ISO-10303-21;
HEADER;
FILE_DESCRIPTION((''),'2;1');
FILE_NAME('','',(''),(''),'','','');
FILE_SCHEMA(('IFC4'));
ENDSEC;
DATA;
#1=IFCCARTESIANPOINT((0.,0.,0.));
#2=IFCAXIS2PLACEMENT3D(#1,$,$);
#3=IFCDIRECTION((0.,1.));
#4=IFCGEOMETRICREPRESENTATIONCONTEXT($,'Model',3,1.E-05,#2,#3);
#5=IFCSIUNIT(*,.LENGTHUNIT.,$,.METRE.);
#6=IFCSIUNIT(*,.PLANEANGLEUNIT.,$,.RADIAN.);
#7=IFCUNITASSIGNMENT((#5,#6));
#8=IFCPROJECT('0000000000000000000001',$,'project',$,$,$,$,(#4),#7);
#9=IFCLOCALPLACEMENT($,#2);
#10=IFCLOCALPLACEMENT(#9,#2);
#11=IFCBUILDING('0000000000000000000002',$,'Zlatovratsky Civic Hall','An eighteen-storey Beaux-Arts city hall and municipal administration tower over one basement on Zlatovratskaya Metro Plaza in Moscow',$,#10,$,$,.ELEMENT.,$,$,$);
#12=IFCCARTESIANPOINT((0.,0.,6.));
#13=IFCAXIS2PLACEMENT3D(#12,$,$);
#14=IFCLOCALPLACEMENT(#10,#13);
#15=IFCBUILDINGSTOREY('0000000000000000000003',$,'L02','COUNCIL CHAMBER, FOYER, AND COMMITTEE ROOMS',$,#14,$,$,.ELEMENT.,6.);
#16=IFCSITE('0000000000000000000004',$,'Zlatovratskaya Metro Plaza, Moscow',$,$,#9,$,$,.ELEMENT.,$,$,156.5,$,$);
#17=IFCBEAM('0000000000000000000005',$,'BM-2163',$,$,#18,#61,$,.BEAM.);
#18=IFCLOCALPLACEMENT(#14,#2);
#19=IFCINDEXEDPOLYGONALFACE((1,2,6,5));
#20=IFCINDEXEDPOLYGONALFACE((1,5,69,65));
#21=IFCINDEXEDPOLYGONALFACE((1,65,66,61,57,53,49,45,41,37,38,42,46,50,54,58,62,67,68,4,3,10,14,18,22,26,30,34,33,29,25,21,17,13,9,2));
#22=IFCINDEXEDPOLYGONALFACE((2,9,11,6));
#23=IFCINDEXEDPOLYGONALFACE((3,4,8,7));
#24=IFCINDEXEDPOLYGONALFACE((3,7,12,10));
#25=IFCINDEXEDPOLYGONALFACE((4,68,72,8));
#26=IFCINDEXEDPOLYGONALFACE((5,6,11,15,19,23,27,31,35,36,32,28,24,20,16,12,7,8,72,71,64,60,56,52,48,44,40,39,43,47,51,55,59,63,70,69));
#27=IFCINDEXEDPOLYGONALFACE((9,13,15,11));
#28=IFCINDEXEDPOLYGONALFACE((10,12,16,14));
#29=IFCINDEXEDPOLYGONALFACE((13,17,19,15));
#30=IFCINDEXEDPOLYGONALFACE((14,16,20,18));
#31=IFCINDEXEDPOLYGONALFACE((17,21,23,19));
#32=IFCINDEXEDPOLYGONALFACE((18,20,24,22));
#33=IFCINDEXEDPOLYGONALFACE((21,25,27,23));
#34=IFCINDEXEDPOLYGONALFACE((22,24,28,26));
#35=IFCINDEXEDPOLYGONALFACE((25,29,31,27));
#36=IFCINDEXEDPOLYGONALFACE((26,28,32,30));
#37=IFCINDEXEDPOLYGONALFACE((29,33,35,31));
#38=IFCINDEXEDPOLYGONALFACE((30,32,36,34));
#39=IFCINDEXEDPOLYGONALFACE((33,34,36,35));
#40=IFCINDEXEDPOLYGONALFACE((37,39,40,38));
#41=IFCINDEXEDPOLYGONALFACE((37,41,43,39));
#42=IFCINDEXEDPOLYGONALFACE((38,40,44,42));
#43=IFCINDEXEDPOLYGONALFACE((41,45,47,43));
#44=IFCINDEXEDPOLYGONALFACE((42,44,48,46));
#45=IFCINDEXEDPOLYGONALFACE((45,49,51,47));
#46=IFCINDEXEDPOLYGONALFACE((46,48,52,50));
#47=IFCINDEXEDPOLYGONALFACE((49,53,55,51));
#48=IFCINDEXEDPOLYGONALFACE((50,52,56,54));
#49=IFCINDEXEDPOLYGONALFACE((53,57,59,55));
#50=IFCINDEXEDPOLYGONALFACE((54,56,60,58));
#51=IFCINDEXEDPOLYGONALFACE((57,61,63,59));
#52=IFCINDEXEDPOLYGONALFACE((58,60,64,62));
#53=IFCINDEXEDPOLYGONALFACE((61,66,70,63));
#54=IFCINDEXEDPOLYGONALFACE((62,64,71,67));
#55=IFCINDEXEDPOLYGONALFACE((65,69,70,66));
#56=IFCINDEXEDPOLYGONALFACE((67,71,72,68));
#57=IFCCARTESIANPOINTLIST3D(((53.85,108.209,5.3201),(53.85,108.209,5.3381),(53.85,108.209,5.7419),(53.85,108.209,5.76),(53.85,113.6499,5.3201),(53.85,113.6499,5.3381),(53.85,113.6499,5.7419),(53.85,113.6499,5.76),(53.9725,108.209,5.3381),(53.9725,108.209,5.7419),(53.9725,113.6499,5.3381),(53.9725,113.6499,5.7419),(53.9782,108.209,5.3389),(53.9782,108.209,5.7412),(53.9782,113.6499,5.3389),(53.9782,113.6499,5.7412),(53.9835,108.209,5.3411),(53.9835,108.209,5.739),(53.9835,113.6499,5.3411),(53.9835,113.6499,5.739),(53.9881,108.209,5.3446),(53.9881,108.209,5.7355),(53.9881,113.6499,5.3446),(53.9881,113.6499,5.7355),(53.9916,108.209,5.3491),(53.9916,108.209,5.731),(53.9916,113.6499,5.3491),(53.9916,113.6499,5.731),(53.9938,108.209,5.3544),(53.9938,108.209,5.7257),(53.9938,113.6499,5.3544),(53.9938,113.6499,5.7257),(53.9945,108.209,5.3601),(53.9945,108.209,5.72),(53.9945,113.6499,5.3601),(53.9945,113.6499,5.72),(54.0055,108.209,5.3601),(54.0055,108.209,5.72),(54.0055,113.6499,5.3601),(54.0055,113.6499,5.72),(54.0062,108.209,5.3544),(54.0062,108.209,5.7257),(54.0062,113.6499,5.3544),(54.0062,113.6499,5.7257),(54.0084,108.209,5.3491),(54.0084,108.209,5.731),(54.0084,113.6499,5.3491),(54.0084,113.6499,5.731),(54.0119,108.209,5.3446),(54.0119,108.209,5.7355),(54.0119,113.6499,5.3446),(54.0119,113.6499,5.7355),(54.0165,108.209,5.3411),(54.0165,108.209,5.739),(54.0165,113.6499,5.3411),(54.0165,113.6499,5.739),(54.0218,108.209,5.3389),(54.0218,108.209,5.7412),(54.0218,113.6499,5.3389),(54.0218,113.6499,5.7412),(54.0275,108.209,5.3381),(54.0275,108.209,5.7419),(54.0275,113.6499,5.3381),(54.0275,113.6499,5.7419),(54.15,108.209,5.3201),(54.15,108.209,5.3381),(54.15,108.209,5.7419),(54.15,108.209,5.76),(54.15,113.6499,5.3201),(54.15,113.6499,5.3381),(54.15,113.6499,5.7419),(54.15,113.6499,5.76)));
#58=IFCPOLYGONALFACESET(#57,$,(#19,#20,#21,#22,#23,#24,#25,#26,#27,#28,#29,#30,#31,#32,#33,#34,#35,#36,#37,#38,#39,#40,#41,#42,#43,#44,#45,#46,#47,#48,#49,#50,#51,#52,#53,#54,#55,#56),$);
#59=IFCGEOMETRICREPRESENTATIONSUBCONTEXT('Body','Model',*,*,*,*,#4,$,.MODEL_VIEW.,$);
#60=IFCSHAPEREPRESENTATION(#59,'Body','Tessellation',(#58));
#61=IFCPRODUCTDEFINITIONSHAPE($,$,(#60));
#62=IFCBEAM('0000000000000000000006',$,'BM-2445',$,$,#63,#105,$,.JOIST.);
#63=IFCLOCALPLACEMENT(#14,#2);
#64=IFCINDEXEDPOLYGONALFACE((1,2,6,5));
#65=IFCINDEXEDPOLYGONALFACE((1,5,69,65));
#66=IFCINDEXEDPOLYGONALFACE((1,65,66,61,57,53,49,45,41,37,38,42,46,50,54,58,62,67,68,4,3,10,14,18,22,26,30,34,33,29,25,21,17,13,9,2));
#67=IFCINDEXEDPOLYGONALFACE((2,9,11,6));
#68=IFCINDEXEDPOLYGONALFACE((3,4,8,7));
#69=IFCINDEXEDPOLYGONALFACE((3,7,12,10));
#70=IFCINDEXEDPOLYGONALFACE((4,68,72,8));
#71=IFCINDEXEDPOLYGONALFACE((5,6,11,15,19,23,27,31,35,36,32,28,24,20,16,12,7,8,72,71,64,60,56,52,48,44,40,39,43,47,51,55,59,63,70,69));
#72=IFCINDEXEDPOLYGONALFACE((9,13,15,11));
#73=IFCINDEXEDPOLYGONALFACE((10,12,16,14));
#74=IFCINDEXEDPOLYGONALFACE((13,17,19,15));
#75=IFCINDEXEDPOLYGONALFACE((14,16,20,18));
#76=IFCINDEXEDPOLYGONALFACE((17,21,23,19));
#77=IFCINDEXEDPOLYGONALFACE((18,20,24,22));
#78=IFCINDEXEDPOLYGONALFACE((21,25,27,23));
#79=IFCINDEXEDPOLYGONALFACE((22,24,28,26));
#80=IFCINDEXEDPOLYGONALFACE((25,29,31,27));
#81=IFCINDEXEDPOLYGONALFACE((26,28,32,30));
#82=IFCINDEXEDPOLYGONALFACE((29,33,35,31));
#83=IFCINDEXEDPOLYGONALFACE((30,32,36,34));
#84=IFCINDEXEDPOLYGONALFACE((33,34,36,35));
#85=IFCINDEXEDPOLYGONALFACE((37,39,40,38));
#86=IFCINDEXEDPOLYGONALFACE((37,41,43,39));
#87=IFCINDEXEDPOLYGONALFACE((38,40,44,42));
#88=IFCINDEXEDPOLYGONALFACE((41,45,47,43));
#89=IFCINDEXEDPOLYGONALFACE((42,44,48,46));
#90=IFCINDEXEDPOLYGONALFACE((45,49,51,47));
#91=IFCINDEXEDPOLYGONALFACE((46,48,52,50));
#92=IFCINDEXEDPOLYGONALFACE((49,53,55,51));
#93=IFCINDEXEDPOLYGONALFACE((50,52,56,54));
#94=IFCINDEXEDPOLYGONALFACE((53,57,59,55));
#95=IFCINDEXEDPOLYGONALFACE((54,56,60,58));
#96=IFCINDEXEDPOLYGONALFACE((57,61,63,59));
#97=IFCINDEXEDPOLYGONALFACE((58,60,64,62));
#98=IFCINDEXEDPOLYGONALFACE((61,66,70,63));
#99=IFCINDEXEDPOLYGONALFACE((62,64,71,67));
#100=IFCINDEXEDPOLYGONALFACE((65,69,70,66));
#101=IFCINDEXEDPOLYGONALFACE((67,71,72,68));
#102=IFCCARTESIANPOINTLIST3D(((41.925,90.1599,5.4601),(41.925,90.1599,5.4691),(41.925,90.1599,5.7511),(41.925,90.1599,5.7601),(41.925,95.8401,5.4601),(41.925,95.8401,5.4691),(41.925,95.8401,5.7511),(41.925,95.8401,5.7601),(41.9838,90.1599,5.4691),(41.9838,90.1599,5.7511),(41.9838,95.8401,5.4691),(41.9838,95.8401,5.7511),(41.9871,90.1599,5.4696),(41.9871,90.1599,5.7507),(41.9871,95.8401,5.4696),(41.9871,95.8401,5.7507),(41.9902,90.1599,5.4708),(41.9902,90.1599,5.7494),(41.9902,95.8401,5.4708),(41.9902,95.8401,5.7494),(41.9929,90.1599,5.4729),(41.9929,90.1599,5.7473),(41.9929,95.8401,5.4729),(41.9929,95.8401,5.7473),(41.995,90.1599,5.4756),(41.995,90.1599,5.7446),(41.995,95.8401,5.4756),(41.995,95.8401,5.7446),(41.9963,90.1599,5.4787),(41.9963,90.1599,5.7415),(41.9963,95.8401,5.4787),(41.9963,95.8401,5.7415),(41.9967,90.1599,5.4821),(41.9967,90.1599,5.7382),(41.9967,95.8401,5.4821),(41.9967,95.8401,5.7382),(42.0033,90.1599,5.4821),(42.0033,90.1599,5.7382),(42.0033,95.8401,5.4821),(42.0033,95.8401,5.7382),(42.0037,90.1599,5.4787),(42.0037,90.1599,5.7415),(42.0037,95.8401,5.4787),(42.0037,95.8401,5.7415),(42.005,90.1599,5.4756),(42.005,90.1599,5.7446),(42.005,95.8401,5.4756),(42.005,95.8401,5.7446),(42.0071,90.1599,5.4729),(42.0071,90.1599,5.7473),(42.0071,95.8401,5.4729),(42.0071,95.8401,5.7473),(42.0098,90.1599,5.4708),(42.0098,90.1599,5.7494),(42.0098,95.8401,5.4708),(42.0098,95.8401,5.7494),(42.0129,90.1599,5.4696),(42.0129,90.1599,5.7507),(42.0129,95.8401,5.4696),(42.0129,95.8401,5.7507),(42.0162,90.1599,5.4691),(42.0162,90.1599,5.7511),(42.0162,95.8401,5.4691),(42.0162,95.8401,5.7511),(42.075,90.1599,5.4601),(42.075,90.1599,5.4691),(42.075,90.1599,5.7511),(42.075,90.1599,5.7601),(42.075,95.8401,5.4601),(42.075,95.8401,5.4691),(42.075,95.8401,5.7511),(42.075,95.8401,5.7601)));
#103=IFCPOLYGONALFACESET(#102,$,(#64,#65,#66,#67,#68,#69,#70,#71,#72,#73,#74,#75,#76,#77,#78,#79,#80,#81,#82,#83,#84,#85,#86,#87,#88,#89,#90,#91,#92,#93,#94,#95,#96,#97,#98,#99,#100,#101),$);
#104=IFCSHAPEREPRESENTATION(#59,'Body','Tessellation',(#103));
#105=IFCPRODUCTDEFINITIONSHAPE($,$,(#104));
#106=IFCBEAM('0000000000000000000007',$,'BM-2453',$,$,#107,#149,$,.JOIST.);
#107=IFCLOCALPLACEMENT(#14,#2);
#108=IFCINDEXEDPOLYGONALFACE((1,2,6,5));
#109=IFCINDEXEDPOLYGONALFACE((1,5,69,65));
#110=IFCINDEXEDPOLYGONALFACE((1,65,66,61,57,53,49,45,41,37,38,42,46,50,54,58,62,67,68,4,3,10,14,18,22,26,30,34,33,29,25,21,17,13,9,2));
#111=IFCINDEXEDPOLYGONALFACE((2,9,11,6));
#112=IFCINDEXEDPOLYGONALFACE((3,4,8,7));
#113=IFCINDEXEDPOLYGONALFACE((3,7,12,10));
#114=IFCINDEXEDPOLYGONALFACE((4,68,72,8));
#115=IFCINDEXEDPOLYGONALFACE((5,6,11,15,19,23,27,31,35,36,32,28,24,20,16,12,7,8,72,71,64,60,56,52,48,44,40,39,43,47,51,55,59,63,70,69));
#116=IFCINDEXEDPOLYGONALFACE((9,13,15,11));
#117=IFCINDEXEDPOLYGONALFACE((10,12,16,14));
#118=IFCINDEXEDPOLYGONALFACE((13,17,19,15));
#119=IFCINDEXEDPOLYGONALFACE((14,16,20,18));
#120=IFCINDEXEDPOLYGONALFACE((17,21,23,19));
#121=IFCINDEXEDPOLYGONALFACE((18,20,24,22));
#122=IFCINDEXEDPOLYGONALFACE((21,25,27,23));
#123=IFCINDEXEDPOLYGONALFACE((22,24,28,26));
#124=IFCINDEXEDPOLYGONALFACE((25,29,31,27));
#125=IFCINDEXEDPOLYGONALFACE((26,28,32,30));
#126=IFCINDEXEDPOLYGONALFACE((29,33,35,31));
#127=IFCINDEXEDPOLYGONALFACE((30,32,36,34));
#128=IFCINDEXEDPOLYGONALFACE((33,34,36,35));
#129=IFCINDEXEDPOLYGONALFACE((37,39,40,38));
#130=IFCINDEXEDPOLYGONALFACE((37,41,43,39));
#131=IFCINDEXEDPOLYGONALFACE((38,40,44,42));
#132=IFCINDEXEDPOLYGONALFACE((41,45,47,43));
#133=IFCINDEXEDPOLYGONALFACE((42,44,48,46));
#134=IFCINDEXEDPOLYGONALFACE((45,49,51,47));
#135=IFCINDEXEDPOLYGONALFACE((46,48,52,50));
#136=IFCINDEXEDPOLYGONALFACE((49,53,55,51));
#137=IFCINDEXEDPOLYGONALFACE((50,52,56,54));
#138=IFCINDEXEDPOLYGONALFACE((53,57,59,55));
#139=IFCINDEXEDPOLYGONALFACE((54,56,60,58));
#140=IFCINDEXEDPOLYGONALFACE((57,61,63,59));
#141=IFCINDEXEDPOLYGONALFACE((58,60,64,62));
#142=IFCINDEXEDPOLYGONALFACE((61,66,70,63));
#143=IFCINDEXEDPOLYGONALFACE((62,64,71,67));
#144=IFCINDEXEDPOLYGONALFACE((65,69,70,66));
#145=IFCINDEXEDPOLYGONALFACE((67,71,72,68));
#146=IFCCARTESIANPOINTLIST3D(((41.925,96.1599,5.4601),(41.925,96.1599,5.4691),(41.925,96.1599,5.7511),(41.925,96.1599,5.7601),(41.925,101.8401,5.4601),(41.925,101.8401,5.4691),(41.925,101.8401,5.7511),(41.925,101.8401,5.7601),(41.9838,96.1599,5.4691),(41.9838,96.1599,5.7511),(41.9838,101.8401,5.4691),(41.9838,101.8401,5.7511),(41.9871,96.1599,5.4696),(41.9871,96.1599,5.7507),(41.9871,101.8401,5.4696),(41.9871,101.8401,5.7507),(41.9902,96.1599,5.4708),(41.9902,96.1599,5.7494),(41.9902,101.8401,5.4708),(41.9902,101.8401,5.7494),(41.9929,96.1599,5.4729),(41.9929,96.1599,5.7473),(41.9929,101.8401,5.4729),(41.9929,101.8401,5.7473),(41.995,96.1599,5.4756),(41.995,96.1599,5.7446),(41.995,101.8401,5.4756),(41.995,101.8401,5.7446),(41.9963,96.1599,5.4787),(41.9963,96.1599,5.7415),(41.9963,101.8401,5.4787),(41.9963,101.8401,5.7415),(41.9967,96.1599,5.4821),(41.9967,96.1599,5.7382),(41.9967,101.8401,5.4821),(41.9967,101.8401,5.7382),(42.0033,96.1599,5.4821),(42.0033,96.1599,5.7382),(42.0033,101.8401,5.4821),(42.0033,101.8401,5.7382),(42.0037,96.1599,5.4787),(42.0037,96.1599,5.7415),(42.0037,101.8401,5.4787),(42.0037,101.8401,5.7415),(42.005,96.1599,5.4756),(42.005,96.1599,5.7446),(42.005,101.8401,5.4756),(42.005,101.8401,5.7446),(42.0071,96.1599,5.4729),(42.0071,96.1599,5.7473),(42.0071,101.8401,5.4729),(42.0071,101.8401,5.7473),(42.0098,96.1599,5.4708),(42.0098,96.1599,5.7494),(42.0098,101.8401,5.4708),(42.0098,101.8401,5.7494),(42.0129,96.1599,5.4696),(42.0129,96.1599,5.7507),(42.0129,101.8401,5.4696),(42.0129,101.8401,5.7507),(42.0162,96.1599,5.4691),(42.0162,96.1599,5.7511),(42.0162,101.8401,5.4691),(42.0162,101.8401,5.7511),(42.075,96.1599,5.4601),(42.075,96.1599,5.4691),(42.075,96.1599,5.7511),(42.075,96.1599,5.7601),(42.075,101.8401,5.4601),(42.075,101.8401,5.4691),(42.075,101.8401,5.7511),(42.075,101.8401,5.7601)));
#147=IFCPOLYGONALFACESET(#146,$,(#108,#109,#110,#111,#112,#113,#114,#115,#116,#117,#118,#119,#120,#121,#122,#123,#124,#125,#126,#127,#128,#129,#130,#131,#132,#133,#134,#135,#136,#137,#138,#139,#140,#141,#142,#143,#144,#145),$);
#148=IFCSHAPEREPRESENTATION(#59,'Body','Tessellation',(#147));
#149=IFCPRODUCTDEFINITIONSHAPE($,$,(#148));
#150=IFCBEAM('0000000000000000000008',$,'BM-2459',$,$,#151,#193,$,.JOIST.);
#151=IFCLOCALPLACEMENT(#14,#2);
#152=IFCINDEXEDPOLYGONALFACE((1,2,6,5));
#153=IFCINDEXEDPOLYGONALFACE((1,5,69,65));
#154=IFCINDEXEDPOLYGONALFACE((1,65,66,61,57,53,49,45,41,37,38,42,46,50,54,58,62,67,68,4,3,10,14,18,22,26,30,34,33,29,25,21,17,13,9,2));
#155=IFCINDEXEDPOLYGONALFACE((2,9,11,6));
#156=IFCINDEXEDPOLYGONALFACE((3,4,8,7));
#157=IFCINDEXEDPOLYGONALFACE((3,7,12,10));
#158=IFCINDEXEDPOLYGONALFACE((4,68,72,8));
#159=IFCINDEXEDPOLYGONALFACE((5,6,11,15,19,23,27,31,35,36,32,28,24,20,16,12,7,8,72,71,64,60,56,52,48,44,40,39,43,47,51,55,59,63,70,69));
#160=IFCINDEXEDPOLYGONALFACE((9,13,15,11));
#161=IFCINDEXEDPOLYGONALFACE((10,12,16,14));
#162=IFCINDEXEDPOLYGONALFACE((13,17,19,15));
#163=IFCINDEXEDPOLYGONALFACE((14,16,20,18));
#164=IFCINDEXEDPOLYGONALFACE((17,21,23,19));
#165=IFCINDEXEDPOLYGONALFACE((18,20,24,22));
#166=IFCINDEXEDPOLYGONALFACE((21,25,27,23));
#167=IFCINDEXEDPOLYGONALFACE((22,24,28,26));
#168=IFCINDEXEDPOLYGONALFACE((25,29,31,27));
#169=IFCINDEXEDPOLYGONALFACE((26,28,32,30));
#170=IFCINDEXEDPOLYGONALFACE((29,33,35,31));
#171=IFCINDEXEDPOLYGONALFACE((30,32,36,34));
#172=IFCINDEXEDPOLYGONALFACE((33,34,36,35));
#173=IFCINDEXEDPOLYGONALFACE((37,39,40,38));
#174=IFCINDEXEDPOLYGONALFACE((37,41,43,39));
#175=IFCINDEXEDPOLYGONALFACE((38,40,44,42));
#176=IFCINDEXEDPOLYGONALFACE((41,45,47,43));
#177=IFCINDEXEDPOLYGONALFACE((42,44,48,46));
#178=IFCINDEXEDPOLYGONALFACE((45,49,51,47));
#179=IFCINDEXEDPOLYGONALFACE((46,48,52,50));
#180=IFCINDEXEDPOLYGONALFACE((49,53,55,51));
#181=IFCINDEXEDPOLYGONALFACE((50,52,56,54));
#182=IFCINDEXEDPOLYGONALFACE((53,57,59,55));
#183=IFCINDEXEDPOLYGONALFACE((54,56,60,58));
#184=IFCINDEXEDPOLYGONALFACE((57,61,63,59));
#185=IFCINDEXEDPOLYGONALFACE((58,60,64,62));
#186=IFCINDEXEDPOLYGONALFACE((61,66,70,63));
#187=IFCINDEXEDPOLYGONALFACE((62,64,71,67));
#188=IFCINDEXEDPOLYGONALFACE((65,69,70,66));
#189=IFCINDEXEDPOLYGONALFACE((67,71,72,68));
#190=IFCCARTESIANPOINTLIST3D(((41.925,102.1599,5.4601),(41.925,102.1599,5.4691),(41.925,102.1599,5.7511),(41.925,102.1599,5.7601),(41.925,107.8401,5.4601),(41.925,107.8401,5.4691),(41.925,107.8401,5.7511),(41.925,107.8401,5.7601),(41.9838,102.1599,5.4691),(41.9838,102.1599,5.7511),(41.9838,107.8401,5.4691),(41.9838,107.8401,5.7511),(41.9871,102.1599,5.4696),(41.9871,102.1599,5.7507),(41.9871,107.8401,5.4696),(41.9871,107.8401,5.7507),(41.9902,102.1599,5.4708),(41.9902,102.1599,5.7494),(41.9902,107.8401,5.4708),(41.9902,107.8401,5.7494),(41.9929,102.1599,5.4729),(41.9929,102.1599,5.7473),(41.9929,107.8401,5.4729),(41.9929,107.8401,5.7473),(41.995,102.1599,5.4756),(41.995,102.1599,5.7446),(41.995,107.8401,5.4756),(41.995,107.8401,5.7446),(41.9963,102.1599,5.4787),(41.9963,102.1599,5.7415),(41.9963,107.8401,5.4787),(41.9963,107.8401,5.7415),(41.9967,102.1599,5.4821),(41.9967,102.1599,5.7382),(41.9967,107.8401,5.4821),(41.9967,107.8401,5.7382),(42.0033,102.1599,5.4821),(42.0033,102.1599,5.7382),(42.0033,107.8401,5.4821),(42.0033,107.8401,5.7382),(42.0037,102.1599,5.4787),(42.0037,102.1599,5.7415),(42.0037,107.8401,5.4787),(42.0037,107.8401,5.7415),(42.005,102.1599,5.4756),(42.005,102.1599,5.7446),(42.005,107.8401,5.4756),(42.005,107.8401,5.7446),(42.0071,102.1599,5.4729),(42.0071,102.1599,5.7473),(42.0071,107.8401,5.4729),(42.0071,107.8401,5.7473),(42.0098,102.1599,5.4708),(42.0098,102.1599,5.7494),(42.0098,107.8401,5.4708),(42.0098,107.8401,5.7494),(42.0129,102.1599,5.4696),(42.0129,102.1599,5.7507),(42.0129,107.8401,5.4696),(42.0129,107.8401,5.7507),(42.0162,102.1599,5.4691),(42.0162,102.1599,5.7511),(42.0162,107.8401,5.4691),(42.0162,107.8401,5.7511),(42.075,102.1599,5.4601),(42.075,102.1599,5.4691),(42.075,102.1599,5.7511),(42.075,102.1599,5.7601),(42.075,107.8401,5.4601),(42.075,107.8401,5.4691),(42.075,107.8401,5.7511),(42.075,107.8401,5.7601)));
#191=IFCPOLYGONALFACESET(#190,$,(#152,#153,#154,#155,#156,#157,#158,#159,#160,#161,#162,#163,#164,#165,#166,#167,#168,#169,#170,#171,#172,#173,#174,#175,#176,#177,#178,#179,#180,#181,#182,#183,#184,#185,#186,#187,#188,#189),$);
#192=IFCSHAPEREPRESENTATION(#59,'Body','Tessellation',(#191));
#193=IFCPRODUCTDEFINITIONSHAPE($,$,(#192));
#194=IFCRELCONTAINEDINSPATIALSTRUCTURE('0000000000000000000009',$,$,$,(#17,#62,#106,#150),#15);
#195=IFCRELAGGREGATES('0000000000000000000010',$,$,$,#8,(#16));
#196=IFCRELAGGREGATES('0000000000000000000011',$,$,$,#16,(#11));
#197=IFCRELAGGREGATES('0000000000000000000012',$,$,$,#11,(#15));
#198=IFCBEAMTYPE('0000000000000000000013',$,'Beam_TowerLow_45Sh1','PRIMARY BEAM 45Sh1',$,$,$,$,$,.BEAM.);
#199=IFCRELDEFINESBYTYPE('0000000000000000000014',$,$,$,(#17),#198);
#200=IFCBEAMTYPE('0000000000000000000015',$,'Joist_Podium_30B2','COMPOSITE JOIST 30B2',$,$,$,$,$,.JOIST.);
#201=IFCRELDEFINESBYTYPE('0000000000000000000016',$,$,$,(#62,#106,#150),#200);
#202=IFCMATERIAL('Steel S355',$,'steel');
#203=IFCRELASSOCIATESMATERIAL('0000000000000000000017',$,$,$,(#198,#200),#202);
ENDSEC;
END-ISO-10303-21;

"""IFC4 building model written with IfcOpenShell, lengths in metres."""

from ifc_helpers import new_model, si_unit, direction, frame, origin, origin_2d, place, context, subcontext, project, spatial, i_section, extrude, material, material_profile, profile_set, type_object, element, save


model = new_model("IFC4")

# Units and contexts
model_context = context("Model", 3, precision=1e-05, world=origin(), true_north=direction((0.0, 1.0)))
body_context = subcontext(model_context, "Body", "Model", "MODEL_VIEW")
ifc_project = project(units=[si_unit("LENGTHUNIT", "METRE"), si_unit("PLANEANGLEUNIT", "RADIAN")], contexts=[model_context])

# Site, building, storey
site_placement = place(None, origin())
site = spatial("IfcSite", under=ifc_project, at=site_placement, Name="Zlatovratskaya Metro Plaza, Moscow", CompositionType="ELEMENT", RefElevation=156.5)
building_placement = place(site_placement, origin())
building = spatial("IfcBuilding", under=site, at=building_placement, Name="Zlatovratsky Civic Hall", Description="An eighteen-storey Beaux-Arts city hall and municipal administration tower over one basement on Zlatovratskaya Metro Plaza in Moscow", CompositionType="ELEMENT")
storey_placement = place(building_placement, frame((0.0, 0.0, 6.0)))
storey = spatial("IfcBuildingStorey", under=building, at=storey_placement, Name="L02", Description="COUNCIL CHAMBER, FOYER, AND COMMITTEE ROOMS", CompositionType="ELEMENT", Elevation=6.0)

# Shared definitions
ifc_material_1 = material(Name="Steel S355", Category="steel")

# Beams
ifc_material_profile_1 = material_profile(ifc_material_1, i_section(OverallWidth=0.3, OverallDepth=0.4399, WebThickness=0.011, FlangeThickness=0.0181, FilletRadius=0.022, at=origin_2d()), Name="45Sh1")
ifc_profile_set_1 = profile_set([ifc_material_profile_1], Name="Steel S355")
beam_type_1 = type_object("IfcBeamType", Name="Beam_TowerLow_45Sh1", Description="PRIMARY BEAM 45Sh1", PredefinedType="BEAM", material=ifc_profile_set_1)
beam_1_placement = place(storey_placement, frame((54.0, 108.209, 5.54), z_axis=(0.0, 1.0, 0.0), x_axis=(-1.0, 0.0, 0.0)))
element("IfcBeam", 1, at=beam_1_placement, inside=storey, type_object=beam_type_1, Name="BM-2163", PredefinedType="BEAM", context=body_context, shape_type="SweptSolid", body=[
    extrude(i_section(OverallWidth=0.3, OverallDepth=0.4399, WebThickness=0.011, FlangeThickness=0.0181, FilletRadius=0.022, at=origin_2d()), origin(), (0.0, 0.0, 1.0), 5.4409),
])
ifc_material_profile_2 = material_profile(ifc_material_1, i_section(OverallWidth=0.1499, OverallDepth=0.3, WebThickness=0.0066, FlangeThickness=0.009, FilletRadius=0.0129, at=origin_2d()), Name="30B2")
ifc_profile_set_2 = profile_set([ifc_material_profile_2], Name="Steel S355")
beam_type_2 = type_object("IfcBeamType", Name="Joist_Podium_30B2", Description="COMPOSITE JOIST 30B2", PredefinedType="JOIST", material=ifc_profile_set_2)
for number, where, z_axis, x_axis, name in (
    (2, (42.0, 90.1599, 5.6101), (0.0, 1.0, 0.0), (-1.0, 0.0, 0.0), "BM-2445"),
    (3, (42.0, 96.1599, 5.6101), (0.0, 1.0, 0.0), (-1.0, 0.0, 0.0), "BM-2453"),
    (4, (42.0, 102.1599, 5.6101), (0.0, 1.0, 0.0), (-1.0, 0.0, 0.0), "BM-2459"),
):
    element("IfcBeam", number, at=place(storey_placement, frame(where, z_axis=z_axis, x_axis=x_axis)), inside=storey, type_object=beam_type_2, Name=name, PredefinedType="JOIST", context=body_context, shape_type="SweptSolid", body=[
        extrude(i_section(OverallWidth=0.1499, OverallDepth=0.3, WebThickness=0.0066, FlangeThickness=0.009, FilletRadius=0.0129, at=origin_2d()), origin(), (0.0, 0.0, 1.0), 5.6802),
    ])

save(model, "model.ifc")
